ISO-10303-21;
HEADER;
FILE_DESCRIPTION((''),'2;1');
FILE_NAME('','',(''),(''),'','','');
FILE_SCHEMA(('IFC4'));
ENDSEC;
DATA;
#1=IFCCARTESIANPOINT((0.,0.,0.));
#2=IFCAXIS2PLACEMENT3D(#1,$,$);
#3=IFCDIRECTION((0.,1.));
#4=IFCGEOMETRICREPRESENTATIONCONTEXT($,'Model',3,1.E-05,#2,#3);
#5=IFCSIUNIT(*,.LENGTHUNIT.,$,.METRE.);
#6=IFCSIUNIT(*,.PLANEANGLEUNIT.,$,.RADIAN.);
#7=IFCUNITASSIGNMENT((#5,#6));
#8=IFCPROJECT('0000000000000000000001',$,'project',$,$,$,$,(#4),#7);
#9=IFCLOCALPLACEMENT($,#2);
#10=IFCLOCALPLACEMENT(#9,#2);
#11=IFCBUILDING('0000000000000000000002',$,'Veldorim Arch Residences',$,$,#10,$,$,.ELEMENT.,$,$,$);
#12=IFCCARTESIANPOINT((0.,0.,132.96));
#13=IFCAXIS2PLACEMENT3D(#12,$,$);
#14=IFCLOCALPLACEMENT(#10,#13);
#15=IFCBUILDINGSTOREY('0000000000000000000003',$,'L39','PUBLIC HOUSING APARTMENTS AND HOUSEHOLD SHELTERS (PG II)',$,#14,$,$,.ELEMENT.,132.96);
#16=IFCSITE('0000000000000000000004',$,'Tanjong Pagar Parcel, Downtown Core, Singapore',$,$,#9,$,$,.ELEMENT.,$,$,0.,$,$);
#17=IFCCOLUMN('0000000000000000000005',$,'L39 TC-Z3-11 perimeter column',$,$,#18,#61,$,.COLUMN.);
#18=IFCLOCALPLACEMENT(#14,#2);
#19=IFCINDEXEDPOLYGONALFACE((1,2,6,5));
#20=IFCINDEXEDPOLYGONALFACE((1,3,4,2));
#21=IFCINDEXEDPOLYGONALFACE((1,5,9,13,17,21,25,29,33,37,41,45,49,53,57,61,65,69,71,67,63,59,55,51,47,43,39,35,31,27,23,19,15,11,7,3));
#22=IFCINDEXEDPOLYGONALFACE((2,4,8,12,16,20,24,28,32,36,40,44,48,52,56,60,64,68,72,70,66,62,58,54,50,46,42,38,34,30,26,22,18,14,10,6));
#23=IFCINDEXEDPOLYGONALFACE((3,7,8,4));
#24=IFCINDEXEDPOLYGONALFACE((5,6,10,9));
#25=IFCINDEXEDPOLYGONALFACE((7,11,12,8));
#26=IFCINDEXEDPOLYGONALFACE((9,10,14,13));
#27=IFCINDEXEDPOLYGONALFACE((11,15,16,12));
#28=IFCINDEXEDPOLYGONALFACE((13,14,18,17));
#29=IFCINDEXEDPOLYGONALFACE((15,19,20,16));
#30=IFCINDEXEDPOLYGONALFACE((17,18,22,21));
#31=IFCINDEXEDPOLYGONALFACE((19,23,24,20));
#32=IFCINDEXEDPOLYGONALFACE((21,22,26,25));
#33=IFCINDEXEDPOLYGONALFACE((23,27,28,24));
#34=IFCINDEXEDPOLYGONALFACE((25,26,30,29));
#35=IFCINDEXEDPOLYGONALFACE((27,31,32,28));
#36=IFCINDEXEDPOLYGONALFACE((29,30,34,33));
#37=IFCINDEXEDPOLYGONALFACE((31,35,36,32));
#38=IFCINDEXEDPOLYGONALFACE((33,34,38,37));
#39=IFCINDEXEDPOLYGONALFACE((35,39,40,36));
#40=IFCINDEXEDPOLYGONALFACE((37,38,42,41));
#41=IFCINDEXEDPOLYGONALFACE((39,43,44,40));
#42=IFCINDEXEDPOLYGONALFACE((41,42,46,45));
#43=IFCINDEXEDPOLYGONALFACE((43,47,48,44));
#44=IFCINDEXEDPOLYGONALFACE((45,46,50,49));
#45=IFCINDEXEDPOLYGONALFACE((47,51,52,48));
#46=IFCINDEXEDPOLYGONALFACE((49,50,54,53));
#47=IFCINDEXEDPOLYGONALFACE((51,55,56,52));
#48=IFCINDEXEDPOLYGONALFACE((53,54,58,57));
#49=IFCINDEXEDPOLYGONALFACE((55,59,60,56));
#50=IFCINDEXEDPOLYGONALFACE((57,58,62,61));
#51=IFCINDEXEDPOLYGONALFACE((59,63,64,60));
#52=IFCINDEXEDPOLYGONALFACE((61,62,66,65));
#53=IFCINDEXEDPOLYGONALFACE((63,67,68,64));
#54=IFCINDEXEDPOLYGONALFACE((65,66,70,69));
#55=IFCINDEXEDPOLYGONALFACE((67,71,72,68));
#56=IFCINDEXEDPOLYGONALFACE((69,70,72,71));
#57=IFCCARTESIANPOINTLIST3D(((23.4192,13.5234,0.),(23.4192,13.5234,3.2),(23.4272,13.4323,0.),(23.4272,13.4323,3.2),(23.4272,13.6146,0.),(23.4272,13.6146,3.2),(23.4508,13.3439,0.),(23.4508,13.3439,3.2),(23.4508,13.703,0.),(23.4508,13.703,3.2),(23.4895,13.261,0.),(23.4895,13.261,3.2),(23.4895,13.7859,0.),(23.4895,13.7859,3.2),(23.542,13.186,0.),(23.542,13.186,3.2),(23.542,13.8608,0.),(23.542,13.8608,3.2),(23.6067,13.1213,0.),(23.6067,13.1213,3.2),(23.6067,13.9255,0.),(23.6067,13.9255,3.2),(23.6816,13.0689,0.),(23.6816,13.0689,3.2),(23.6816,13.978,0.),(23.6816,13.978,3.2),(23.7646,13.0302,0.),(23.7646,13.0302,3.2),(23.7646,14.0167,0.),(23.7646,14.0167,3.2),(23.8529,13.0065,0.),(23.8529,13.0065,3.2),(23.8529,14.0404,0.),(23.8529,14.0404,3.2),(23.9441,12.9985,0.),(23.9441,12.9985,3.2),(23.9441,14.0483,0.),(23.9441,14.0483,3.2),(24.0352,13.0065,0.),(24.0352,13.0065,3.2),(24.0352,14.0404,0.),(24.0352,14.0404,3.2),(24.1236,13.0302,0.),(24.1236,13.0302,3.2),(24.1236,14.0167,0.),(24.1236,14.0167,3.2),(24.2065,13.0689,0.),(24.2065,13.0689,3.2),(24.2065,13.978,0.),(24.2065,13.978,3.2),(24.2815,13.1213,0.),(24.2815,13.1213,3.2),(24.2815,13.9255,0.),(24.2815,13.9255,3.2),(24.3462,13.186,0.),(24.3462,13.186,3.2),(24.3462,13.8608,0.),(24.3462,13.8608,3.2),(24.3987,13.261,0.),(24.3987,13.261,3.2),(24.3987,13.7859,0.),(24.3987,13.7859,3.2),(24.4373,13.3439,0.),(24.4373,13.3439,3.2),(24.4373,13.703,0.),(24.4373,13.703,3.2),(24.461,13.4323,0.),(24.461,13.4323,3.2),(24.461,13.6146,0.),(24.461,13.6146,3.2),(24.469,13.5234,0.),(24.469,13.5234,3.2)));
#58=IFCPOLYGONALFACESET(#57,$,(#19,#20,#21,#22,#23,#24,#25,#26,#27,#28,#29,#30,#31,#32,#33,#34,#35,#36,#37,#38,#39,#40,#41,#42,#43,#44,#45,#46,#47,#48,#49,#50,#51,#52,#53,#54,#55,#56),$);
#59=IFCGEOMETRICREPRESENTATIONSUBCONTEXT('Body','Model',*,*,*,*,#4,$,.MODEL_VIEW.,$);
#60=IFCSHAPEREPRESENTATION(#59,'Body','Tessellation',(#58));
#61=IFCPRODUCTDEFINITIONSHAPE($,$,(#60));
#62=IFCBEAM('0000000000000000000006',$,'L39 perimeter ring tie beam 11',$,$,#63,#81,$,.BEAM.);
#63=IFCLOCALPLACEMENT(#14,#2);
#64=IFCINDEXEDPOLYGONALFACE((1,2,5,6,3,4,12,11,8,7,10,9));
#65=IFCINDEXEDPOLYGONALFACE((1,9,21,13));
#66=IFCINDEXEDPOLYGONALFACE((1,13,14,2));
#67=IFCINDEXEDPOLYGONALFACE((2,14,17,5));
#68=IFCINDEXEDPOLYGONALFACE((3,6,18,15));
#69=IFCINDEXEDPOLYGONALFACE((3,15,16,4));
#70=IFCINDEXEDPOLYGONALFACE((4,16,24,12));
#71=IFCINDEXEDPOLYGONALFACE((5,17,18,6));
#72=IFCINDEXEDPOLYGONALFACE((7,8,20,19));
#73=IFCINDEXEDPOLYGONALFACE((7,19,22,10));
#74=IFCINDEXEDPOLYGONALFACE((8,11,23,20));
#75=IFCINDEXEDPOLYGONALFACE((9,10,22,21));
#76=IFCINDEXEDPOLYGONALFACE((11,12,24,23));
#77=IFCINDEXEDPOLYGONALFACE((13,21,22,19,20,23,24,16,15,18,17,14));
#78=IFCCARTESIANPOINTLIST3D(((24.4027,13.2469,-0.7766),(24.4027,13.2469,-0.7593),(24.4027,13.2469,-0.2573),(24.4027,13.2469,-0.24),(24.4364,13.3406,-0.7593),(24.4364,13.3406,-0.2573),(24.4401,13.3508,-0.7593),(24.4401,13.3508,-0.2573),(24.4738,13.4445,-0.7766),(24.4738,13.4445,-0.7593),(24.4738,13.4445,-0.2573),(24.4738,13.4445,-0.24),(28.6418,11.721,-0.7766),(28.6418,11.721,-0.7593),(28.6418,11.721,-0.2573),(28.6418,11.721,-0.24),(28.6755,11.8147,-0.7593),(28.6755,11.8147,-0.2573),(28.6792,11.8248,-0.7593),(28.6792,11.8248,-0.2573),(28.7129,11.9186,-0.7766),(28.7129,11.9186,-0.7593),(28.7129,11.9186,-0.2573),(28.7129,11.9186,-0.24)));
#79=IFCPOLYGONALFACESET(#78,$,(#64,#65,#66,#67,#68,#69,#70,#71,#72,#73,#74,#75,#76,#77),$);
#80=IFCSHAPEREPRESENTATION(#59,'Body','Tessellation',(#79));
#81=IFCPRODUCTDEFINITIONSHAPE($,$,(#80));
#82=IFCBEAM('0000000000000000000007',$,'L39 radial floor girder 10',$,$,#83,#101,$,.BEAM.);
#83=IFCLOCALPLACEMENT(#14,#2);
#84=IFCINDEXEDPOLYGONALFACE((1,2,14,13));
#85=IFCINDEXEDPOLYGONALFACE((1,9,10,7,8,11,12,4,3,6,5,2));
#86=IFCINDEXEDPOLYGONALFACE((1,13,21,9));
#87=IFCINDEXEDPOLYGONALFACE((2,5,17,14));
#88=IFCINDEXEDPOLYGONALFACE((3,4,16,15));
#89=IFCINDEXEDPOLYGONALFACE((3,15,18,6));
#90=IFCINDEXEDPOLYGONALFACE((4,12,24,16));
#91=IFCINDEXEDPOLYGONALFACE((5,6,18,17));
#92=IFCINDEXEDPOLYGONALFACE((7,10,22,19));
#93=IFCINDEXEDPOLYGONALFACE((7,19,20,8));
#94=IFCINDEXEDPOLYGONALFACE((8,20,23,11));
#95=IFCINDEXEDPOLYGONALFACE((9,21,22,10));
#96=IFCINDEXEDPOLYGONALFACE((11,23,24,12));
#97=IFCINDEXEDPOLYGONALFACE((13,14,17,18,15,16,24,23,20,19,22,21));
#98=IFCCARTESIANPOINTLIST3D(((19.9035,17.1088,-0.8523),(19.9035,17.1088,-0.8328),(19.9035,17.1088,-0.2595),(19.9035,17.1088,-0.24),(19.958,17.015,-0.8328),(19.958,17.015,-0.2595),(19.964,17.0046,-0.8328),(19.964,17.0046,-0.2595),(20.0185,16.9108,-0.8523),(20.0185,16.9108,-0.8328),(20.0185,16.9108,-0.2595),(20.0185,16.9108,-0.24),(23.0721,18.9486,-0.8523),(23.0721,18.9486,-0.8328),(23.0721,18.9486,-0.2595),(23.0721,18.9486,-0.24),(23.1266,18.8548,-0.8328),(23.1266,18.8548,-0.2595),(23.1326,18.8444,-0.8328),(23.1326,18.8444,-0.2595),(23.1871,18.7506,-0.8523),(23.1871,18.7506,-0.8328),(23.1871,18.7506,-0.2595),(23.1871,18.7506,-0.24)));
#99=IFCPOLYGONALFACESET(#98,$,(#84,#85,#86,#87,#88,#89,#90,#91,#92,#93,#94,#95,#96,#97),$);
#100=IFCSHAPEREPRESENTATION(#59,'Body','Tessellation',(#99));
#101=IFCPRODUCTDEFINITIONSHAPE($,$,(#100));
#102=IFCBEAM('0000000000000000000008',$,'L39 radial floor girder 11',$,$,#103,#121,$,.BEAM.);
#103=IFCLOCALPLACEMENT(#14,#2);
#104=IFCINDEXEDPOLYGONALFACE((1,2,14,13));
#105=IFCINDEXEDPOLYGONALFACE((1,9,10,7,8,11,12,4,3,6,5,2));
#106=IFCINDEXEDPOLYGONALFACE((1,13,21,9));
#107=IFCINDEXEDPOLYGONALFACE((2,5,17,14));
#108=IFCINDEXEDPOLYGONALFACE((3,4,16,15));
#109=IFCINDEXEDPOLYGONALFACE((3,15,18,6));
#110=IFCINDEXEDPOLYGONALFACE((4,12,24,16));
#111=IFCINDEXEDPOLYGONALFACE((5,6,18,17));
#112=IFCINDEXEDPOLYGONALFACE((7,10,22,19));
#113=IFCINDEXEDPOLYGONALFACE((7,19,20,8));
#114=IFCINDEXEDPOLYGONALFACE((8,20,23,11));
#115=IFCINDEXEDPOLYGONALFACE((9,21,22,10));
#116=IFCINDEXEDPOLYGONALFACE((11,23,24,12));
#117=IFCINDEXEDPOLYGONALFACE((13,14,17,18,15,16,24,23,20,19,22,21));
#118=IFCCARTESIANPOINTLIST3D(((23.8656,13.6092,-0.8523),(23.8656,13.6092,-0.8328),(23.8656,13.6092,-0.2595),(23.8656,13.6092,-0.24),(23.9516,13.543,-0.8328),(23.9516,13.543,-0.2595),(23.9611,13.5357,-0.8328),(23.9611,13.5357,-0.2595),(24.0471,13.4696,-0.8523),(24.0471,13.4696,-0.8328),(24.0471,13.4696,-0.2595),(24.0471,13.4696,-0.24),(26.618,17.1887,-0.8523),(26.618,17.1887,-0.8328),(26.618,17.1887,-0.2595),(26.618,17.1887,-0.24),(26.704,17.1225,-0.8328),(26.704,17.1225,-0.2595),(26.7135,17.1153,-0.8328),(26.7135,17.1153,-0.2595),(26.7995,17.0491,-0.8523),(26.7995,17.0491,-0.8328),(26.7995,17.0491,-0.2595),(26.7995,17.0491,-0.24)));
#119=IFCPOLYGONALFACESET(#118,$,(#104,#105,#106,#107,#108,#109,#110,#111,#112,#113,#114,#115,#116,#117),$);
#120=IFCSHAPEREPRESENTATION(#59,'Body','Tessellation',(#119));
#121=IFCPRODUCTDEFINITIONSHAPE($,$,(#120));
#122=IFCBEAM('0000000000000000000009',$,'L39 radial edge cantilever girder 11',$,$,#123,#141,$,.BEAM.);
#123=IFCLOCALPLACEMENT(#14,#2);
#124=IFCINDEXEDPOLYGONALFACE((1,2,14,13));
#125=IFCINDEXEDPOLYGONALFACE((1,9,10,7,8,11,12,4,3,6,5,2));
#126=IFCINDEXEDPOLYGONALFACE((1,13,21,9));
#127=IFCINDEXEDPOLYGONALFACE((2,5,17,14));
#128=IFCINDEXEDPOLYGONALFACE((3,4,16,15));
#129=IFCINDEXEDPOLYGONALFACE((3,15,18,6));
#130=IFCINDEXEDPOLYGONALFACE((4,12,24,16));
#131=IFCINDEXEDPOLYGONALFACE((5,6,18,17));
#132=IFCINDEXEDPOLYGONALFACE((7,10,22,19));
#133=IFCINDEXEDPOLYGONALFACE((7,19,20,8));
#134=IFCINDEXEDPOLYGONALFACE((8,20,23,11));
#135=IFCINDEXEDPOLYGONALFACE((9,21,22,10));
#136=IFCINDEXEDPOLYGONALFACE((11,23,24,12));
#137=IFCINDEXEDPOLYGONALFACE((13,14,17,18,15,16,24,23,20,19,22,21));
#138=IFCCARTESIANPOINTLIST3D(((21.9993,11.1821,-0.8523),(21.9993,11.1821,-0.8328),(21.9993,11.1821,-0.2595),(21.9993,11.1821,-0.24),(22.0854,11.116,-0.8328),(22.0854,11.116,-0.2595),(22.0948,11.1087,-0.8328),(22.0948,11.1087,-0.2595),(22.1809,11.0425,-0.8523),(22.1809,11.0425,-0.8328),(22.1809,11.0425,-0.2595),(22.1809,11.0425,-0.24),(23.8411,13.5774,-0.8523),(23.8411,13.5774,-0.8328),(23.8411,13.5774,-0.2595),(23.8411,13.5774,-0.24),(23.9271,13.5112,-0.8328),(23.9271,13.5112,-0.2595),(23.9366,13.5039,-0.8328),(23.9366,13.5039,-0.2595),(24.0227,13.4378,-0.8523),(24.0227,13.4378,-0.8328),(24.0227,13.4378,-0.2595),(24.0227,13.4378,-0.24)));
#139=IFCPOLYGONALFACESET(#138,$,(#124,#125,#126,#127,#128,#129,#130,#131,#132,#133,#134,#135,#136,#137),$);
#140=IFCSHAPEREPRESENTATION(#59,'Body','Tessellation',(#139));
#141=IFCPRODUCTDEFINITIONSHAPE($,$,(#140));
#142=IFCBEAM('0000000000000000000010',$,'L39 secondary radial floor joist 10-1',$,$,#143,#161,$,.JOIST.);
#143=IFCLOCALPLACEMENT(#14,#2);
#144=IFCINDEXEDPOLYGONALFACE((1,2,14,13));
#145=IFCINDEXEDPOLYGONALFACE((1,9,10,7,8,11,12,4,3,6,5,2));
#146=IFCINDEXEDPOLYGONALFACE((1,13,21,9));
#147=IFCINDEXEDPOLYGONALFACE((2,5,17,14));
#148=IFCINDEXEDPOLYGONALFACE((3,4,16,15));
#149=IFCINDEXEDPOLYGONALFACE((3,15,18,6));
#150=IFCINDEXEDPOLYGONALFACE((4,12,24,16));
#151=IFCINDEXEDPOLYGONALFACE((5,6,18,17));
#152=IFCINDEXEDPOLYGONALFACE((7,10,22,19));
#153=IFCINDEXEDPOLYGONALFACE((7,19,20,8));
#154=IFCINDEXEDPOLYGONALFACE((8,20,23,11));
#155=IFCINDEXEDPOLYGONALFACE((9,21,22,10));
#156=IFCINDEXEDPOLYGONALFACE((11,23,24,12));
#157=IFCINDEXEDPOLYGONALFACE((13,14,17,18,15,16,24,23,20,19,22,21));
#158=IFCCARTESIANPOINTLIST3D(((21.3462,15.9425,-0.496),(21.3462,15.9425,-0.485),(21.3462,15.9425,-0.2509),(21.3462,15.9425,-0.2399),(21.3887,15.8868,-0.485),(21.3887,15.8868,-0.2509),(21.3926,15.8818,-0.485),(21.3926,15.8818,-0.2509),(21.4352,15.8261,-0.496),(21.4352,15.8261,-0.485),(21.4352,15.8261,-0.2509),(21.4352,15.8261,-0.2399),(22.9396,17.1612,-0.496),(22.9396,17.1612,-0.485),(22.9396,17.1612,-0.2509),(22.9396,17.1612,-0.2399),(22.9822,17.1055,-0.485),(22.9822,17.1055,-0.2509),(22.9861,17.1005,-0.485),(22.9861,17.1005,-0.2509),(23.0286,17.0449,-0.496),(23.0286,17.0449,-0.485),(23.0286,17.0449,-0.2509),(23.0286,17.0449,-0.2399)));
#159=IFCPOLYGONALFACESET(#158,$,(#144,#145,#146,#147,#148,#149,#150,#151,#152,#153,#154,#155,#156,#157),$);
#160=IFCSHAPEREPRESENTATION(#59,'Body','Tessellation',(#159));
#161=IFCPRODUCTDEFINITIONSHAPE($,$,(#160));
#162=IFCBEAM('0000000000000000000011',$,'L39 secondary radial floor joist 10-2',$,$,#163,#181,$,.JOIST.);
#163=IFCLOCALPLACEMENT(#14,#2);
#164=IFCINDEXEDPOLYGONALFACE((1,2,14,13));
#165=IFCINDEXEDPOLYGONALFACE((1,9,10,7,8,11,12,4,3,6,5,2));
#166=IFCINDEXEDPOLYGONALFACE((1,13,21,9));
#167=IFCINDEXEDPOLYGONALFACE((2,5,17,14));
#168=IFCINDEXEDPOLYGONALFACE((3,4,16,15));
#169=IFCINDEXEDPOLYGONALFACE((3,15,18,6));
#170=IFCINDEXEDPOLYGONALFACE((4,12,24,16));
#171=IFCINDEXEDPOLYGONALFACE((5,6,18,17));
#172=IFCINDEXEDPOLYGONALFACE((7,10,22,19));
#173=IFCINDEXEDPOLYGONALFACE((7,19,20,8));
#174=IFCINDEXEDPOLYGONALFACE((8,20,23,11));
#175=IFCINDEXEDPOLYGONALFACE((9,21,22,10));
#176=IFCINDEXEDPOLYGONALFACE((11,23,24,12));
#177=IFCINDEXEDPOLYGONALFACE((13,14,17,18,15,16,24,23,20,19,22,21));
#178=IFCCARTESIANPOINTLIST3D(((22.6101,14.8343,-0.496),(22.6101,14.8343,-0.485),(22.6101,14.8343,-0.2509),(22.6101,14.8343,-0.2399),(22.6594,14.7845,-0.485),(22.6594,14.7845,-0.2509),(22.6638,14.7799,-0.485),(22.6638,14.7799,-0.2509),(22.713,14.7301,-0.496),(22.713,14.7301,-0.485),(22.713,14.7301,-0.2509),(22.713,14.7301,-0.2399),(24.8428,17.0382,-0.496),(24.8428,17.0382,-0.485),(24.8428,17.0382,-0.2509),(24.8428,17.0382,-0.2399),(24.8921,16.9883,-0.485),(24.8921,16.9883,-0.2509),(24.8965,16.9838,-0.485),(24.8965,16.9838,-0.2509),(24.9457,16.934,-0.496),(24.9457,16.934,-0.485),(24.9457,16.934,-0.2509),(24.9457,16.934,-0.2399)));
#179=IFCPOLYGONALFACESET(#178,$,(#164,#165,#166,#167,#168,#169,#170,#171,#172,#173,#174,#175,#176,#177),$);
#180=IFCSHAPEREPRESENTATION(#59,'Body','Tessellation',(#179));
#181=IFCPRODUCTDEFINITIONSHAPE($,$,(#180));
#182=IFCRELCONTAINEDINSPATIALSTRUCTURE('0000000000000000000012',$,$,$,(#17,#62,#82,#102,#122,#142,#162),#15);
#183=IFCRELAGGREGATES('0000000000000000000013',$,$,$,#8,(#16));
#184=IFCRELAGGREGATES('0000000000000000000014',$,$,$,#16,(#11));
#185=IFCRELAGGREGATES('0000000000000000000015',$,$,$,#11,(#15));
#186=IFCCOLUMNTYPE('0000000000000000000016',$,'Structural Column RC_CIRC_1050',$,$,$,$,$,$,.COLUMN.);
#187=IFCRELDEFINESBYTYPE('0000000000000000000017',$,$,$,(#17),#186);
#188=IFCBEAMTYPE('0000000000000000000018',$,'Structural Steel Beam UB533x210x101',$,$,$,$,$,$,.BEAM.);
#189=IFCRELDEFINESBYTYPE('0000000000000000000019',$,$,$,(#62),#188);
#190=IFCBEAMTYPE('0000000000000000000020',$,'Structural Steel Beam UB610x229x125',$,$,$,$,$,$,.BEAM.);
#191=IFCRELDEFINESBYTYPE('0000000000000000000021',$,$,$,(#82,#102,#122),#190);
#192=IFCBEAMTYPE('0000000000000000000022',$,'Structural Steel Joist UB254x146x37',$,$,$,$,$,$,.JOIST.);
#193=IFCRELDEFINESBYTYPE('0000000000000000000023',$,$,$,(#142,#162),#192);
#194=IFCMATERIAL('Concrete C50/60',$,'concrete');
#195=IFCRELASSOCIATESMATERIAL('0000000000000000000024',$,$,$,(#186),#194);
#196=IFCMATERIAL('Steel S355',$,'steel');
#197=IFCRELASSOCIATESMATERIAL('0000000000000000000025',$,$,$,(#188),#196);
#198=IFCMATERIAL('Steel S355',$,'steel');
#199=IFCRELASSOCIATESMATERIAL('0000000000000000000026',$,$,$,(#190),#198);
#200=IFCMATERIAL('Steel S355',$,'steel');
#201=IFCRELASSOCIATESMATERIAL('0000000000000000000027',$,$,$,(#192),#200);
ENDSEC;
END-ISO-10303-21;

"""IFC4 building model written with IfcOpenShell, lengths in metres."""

from ifc_helpers import new_model, si_unit, direction, frame, origin, origin_2d, place, context, subcontext, project, spatial, circle, i_section, extrude, material, material_profile, profile_set, type_object, element, save


model = new_model("IFC4")

# Units and contexts
model_context = context("Model", 3, precision=1e-05, world=origin(), true_north=direction((0.0, 1.0)))
body_context = subcontext(model_context, "Body", "Model", "MODEL_VIEW")
ifc_project = project(units=[si_unit("LENGTHUNIT", "METRE"), si_unit("PLANEANGLEUNIT", "RADIAN")], contexts=[model_context])

# Site, building, storey
site_placement = place(None, origin())
site = spatial("IfcSite", under=ifc_project, at=site_placement, Name="Tanjong Pagar Parcel, Downtown Core, Singapore", CompositionType="ELEMENT", RefElevation=0.0)
building_placement = place(site_placement, origin())
building = spatial("IfcBuilding", under=site, at=building_placement, Name="Veldorim Arch Residences", CompositionType="ELEMENT")
storey_placement = place(building_placement, frame((0.0, 0.0, 132.96)))
storey = spatial("IfcBuildingStorey", under=building, at=storey_placement, Name="L39", Description="PUBLIC HOUSING APARTMENTS AND HOUSEHOLD SHELTERS (PG II)", CompositionType="ELEMENT", Elevation=132.96)

# Column
ifc_material_1 = material(Name="Concrete C50/60", Category="concrete")
ifc_material_profile_1 = material_profile(ifc_material_1, circle(Radius=0.5249, at=origin_2d()), Name="RC_CIRC_1050")
ifc_profile_set_1 = profile_set([ifc_material_profile_1], Name="Concrete C50/60")
column_type = type_object("IfcColumnType", Name="Structural Column RC_CIRC_1050", PredefinedType="COLUMN", material=ifc_profile_set_1)
column_placement = place(storey_placement, frame((23.9441, 13.5234, 0.0), z_axis=(0.0, 0.0, 1.0), x_axis=(1.0, 0.0, 0.0)))
element("IfcColumn", 1, at=column_placement, inside=storey, type_object=column_type, Name="L39 TC-Z3-11 perimeter column", PredefinedType="COLUMN", context=body_context, shape_type="SweptSolid", body=[
    extrude(circle(Radius=0.5249, at=origin_2d()), origin(), (0.0, 0.0, 1.0), 3.2),
])

# Beams
ifc_material_2 = material(Name="Steel S355", Category="steel")
ifc_material_profile_2 = material_profile(ifc_material_2, i_section(OverallWidth=0.21, OverallDepth=0.5366, WebThickness=0.0107, FlangeThickness=0.0173, at=origin_2d()), Name="UB533x210x101")
ifc_profile_set_2 = profile_set([ifc_material_profile_2], Name="Steel S355")
beam_type_1 = type_object("IfcBeamType", Name="Structural Steel Beam UB533x210x101", PredefinedType="BEAM", material=ifc_profile_set_2)
beam_1_placement = place(storey_placement, frame((24.4382, 13.3457, -0.5083), z_axis=(0.940899, -0.338687, 0.0), x_axis=(0.338687, 0.940899, 0.0)))
element("IfcBeam", 2, at=beam_1_placement, inside=storey, type_object=beam_type_1, Name="L39 perimeter ring tie beam 11", PredefinedType="BEAM", context=body_context, shape_type="SweptSolid", body=[
    extrude(i_section(OverallWidth=0.21, OverallDepth=0.5366, WebThickness=0.0107, FlangeThickness=0.0173, at=origin_2d()), origin(), (0.0, 0.0, 1.0), 4.5054),
])
ifc_material_3 = material(Name="Steel S355", Category="steel")
ifc_material_profile_3 = material_profile(ifc_material_3, i_section(OverallWidth=0.229, OverallDepth=0.6123, WebThickness=0.012, FlangeThickness=0.0195, at=origin_2d()), Name="UB610x229x125")
ifc_profile_set_3 = profile_set([ifc_material_profile_3], Name="Steel S355")
beam_type_2 = type_object("IfcBeamType", Name="Structural Steel Beam UB610x229x125", PredefinedType="BEAM", material=ifc_profile_set_3)
beam_2_placement = place(storey_placement, frame((23.1296, 18.8496, -0.5461), z_axis=(-0.864795, -0.502126, 0.0), x_axis=(0.502126, -0.864795, 0.0)))
element("IfcBeam", 3, at=beam_2_placement, inside=storey, type_object=beam_type_2, Name="L39 radial floor girder 10", PredefinedType="BEAM", context=body_context, shape_type="SweptSolid", body=[
    extrude(i_section(OverallWidth=0.229, OverallDepth=0.6123, WebThickness=0.012, FlangeThickness=0.0195, at=origin_2d()), origin(), (0.0, 0.0, 1.0), 3.6641),
])
beam_3_placement = place(storey_placement, frame((26.7087, 17.1189, -0.5461), z_axis=(-0.609559, -0.792741, 0.0), x_axis=(0.792741, -0.609559, 0.0)))
element("IfcBeam", 4, at=beam_3_placement, inside=storey, type_object=beam_type_2, Name="L39 radial floor girder 11", PredefinedType="BEAM", context=body_context, shape_type="SweptSolid", body=[
    extrude(i_section(OverallWidth=0.229, OverallDepth=0.6123, WebThickness=0.012, FlangeThickness=0.0195, at=origin_2d()), origin(), (0.0, 0.0, 1.0), 4.5154),
])
beam_4_placement = place(storey_placement, frame((23.9319, 13.5076, -0.5461), z_axis=(-0.609562, -0.792738, 0.0), x_axis=(0.792738, -0.609562, 0.0)))
element("IfcBeam", 5, at=beam_4_placement, inside=storey, type_object=beam_type_2, Name="L39 radial edge cantilever girder 11", PredefinedType="BEAM", context=body_context, shape_type="SweptSolid", body=[
    extrude(i_section(OverallWidth=0.229, OverallDepth=0.6123, WebThickness=0.012, FlangeThickness=0.0195, at=origin_2d()), origin(), (0.0, 0.0, 1.0), 3.0215),
])
ifc_material_4 = material(Name="Steel S355", Category="steel")
ifc_material_profile_4 = material_profile(ifc_material_4, i_section(OverallWidth=0.1465, OverallDepth=0.2561, WebThickness=0.0063, FlangeThickness=0.011, at=origin_2d()), Name="UB254x146x37")
ifc_profile_set_4 = profile_set([ifc_material_profile_4], Name="Steel S355")
beam_type_3 = type_object("IfcBeamType", Name="Structural Steel Joist UB254x146x37", PredefinedType="JOIST", material=ifc_profile_set_4)
beam_5_placement = place(storey_placement, frame((22.9841, 17.103, -0.3679), z_axis=(-0.794313, -0.607509, 0.0), x_axis=(0.607509, -0.794313, 0.0)))
element("IfcBeam", 6, at=beam_5_placement, inside=storey, type_object=beam_type_3, Name="L39 secondary radial floor joist 10-1", PredefinedType="JOIST", context=body_context, shape_type="SweptSolid", body=[
    extrude(i_section(OverallWidth=0.1465, OverallDepth=0.2561, WebThickness=0.0063, FlangeThickness=0.011, at=origin_2d()), origin(), (0.0, 0.0, 1.0), 2.0061),
])
beam_6_placement = place(storey_placement, frame((24.8943, 16.9861, -0.3679), z_axis=(-0.711683, -0.7025, 0.0), x_axis=(0.7025, -0.711683, 0.0)))
element("IfcBeam", 7, at=beam_6_placement, inside=storey, type_object=beam_type_3, Name="L39 secondary radial floor joist 10-2", PredefinedType="JOIST", context=body_context, shape_type="SweptSolid", body=[
    extrude(i_section(OverallWidth=0.1465, OverallDepth=0.2561, WebThickness=0.0063, FlangeThickness=0.011, at=origin_2d()), origin(), (0.0, 0.0, 1.0), 3.1372),
])

save(model, "model.ifc")
